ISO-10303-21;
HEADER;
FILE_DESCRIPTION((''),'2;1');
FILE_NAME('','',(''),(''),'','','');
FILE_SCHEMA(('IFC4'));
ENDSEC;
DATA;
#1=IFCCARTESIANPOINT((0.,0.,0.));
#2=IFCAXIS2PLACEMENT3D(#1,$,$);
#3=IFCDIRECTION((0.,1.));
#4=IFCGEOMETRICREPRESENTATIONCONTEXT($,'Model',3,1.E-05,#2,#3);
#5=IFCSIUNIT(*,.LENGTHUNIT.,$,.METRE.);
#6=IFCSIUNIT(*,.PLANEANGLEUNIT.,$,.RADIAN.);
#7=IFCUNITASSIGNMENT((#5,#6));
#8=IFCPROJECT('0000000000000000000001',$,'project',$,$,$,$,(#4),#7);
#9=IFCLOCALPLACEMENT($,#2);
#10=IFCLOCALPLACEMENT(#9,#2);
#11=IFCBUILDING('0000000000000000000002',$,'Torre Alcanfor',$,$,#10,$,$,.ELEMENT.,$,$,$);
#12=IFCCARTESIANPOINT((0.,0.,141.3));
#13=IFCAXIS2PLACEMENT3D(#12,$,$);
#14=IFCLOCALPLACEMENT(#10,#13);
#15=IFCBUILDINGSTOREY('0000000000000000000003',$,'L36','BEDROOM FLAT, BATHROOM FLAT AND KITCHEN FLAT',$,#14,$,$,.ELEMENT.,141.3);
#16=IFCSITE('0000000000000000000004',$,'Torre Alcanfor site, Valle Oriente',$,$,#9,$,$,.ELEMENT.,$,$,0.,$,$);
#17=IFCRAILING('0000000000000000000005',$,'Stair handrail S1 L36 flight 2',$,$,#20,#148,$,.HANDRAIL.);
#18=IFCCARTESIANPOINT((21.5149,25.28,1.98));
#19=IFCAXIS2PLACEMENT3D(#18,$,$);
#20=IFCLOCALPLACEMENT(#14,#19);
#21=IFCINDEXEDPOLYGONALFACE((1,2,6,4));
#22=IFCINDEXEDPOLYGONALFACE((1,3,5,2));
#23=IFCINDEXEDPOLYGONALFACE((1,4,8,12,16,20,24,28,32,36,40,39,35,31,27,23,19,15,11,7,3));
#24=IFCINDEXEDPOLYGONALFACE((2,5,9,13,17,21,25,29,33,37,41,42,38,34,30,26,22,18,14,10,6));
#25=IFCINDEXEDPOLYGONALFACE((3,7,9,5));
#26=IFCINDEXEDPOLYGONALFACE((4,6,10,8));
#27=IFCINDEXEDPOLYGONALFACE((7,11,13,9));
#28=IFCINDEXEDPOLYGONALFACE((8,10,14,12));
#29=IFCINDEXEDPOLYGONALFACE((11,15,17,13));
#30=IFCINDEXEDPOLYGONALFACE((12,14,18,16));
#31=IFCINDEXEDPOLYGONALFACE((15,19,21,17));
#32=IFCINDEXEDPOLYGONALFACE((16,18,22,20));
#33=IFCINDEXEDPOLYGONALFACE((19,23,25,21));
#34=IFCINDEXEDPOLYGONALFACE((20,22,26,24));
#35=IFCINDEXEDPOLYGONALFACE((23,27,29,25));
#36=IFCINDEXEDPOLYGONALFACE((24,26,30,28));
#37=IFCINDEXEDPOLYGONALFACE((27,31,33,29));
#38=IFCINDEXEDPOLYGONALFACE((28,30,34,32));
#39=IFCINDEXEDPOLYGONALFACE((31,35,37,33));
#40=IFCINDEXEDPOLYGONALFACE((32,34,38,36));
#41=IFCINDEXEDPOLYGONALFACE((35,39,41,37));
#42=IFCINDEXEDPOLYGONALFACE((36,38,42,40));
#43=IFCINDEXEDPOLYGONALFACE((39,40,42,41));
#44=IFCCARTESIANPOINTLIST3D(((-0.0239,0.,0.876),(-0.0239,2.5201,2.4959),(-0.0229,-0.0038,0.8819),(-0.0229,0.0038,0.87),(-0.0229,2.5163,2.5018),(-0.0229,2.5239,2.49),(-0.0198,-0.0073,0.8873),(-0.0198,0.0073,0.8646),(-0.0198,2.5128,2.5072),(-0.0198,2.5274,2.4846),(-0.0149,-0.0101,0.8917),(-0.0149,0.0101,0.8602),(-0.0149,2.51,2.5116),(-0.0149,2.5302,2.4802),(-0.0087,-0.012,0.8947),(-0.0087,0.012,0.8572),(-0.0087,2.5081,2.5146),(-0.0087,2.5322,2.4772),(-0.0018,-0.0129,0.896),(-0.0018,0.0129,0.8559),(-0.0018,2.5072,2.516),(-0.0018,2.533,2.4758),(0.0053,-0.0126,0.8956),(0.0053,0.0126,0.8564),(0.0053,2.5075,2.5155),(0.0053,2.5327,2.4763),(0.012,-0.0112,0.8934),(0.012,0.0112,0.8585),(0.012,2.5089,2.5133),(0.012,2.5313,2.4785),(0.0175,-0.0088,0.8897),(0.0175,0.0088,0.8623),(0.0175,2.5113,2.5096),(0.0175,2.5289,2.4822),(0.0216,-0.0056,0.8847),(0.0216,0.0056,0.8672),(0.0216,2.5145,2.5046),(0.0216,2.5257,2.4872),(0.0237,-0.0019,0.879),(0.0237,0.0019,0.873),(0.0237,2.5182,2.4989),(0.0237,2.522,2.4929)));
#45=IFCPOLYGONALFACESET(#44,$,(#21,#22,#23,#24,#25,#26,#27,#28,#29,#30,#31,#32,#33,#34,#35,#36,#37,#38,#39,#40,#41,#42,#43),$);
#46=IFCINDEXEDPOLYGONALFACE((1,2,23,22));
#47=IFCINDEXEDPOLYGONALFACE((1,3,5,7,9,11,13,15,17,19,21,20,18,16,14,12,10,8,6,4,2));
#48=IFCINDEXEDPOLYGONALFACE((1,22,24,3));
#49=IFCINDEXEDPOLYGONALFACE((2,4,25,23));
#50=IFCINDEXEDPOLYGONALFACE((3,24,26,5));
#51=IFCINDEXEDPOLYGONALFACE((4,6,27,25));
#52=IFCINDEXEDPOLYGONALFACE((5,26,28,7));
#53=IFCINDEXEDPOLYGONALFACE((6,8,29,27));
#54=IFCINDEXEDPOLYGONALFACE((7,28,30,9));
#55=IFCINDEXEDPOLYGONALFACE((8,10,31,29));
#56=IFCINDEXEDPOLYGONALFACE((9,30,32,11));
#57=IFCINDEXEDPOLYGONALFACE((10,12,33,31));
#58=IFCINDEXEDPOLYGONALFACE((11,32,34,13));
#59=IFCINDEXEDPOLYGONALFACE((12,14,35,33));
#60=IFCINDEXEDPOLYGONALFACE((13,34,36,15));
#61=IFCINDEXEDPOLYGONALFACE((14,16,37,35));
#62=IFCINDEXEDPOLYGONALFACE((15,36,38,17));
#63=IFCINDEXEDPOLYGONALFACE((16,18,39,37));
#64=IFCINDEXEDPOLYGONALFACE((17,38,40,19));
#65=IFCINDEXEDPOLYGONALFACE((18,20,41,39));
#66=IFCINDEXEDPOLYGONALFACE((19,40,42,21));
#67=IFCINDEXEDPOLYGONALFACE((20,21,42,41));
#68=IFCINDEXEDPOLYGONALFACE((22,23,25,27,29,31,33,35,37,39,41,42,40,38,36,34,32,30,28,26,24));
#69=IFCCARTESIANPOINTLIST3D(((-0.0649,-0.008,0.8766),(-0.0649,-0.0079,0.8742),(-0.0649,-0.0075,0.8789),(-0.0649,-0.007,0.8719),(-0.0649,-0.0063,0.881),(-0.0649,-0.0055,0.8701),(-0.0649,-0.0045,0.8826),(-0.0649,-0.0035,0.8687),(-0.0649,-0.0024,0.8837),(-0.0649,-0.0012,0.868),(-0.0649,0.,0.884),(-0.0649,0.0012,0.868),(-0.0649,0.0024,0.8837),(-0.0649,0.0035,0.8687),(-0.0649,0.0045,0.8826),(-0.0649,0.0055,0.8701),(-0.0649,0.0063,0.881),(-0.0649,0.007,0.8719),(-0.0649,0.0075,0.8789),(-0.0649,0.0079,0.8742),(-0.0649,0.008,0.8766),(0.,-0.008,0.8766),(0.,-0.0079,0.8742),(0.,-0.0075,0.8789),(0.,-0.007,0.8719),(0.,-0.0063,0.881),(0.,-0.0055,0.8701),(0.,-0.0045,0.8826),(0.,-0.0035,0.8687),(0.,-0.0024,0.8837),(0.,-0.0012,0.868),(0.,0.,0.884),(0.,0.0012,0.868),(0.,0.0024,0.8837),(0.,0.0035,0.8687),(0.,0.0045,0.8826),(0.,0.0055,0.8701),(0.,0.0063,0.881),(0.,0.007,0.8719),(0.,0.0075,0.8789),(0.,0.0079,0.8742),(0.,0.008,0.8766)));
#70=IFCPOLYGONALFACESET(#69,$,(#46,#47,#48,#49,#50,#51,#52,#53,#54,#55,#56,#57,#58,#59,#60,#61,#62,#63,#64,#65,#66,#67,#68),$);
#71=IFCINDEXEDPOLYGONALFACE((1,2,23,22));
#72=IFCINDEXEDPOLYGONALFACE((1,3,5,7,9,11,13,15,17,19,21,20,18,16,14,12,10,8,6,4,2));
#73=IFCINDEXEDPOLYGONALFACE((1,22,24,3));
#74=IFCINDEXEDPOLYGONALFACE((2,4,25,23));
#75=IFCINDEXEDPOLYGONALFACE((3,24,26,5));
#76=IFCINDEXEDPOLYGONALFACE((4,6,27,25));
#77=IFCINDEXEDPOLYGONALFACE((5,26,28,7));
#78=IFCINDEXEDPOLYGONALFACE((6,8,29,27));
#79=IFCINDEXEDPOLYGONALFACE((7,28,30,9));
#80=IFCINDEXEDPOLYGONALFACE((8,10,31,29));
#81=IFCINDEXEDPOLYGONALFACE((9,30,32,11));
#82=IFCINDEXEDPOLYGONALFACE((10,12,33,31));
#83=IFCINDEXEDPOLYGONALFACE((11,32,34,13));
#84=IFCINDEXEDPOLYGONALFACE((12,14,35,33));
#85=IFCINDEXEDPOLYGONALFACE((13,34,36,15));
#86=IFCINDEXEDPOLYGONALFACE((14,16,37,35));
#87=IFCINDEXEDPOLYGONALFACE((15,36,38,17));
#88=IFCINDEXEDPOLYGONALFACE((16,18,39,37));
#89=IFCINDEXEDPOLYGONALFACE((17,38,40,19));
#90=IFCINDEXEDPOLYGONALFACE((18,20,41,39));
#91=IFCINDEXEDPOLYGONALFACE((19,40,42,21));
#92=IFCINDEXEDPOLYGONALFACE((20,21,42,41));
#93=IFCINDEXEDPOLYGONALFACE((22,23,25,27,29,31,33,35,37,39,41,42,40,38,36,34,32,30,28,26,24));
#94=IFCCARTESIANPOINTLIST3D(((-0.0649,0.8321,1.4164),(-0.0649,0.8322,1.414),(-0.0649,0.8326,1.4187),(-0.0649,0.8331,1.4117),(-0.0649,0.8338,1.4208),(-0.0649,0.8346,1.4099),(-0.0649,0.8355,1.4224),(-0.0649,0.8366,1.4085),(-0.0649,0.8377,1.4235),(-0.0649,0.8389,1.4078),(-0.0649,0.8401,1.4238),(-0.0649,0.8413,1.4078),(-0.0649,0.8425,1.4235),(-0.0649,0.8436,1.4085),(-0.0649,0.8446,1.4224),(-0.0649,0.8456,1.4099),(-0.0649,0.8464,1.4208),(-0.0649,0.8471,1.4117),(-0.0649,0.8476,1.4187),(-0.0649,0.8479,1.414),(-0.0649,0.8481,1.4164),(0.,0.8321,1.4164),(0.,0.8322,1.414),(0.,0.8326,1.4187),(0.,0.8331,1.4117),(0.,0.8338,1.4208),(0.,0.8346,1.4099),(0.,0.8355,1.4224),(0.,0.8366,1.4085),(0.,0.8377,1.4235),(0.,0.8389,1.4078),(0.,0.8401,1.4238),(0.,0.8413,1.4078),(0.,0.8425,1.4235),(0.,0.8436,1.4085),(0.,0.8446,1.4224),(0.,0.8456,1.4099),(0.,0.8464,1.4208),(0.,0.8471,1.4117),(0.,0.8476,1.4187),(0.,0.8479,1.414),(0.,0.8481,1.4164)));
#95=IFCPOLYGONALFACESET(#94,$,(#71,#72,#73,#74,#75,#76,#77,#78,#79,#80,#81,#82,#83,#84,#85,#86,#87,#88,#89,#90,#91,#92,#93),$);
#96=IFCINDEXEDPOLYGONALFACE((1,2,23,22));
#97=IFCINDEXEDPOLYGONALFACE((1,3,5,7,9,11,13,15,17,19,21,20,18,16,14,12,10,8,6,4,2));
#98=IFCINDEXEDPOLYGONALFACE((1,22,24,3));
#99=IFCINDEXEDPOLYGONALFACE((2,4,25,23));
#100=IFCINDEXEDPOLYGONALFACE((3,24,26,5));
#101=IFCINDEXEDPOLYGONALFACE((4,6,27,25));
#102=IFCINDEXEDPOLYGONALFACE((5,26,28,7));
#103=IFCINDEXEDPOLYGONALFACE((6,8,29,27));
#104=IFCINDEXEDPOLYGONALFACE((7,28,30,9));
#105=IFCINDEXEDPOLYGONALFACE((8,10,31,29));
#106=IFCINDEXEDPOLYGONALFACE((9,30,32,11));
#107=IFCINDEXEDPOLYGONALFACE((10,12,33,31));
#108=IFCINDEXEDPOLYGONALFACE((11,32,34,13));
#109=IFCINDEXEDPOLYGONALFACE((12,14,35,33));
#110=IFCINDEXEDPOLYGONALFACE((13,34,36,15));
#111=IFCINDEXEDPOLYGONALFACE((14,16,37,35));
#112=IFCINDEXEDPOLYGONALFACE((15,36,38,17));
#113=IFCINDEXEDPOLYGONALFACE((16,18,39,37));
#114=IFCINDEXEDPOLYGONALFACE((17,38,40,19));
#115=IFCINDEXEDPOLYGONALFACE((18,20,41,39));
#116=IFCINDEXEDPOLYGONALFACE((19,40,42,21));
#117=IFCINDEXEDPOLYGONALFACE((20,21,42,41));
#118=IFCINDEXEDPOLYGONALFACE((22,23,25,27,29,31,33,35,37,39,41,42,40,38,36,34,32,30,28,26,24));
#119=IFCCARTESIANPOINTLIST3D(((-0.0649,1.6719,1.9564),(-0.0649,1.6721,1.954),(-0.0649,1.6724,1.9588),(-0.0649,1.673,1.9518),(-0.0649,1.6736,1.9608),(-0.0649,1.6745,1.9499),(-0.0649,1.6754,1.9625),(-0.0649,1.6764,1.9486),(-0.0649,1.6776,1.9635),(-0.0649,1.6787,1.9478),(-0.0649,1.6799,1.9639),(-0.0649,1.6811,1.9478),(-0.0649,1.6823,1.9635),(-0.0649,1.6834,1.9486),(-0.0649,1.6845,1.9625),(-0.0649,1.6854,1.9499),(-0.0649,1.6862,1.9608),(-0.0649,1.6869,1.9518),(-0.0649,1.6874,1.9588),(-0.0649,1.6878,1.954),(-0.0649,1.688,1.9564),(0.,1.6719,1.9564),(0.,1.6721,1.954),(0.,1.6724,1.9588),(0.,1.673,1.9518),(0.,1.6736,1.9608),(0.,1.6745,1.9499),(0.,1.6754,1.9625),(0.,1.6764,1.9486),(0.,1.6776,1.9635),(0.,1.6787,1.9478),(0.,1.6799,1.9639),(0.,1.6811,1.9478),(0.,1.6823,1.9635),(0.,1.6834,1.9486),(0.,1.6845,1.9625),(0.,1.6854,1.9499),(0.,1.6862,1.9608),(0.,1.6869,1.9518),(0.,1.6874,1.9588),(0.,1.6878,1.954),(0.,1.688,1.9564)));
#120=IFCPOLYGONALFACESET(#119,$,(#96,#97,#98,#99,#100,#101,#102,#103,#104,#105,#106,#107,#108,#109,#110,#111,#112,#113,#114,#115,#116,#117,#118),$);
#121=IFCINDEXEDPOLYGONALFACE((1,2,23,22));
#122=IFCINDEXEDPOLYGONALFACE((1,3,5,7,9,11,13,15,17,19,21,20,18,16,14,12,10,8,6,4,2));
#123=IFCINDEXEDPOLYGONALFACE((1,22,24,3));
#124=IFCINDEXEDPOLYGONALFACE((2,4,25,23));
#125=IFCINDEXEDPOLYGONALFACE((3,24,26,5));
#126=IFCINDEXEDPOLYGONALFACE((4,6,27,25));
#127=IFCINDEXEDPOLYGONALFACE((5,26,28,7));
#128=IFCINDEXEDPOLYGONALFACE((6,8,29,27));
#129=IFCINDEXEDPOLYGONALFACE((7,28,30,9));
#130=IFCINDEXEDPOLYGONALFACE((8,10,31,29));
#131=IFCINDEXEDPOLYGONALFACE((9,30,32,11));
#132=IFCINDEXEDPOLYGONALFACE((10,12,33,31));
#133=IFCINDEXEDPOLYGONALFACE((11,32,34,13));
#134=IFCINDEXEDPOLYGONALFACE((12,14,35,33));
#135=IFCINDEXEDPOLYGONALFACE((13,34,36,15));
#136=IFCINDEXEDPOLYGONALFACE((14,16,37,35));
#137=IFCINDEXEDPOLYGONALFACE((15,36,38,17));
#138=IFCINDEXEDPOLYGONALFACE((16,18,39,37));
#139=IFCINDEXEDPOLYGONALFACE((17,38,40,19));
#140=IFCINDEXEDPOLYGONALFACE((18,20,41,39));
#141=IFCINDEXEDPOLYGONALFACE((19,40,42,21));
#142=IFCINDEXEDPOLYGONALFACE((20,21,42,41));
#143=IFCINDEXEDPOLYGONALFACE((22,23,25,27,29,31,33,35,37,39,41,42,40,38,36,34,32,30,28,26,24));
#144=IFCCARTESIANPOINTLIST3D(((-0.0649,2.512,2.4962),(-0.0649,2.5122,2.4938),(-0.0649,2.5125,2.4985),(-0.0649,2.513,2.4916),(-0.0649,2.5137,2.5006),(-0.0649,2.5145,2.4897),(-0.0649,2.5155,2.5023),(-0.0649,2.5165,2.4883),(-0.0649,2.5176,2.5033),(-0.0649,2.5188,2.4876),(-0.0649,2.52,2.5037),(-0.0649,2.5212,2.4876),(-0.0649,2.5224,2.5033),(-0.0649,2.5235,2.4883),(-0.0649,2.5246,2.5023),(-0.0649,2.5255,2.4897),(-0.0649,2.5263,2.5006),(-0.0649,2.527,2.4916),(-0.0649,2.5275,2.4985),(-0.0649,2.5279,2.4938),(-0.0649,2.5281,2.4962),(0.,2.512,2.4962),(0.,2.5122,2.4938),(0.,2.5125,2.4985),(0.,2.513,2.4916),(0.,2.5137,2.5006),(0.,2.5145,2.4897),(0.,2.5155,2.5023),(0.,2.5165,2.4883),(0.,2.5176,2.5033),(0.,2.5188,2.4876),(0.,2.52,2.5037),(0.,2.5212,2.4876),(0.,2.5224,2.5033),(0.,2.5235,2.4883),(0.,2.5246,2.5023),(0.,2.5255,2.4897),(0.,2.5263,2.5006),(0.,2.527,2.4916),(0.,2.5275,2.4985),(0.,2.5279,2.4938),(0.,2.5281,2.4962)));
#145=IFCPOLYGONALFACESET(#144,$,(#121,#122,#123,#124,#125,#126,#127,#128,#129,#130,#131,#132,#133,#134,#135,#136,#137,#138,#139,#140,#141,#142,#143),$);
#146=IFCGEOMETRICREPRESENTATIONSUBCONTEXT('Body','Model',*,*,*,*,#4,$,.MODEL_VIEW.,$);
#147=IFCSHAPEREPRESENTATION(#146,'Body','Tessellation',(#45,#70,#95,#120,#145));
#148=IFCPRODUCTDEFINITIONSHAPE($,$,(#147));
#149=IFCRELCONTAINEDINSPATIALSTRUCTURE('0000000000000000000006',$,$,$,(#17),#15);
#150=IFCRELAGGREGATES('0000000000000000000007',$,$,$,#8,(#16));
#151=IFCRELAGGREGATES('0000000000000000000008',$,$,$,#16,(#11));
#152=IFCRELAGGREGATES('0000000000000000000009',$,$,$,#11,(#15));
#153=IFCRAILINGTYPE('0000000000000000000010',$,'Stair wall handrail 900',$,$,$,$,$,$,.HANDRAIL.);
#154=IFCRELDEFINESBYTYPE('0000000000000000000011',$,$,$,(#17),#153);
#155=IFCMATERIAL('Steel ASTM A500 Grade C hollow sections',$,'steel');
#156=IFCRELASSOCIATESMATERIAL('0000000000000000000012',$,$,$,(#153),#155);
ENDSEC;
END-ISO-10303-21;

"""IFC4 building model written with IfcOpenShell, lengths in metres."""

from ifc_helpers import new_model, si_unit, direction, frame, origin, origin_2d, place, context, subcontext, project, spatial, circle, extrude, material, type_object, element, save


model = new_model("IFC4")

# Units and contexts
model_context = context("Model", 3, precision=1e-05, world=origin(), true_north=direction((0.0, 1.0)))
body_context = subcontext(model_context, "Body", "Model", "MODEL_VIEW")
ifc_project = project(units=[si_unit("LENGTHUNIT", "METRE"), si_unit("PLANEANGLEUNIT", "RADIAN")], contexts=[model_context])

# Site, building, storey
site_placement = place(None, origin())
site = spatial("IfcSite", under=ifc_project, at=site_placement, Name="Torre Alcanfor site, Valle Oriente", CompositionType="ELEMENT", RefElevation=0.0)
building_placement = place(site_placement, origin())
building = spatial("IfcBuilding", under=site, at=building_placement, Name="Torre Alcanfor", CompositionType="ELEMENT")
storey_placement = place(building_placement, frame((0.0, 0.0, 141.3)))
storey = spatial("IfcBuildingStorey", under=building, at=storey_placement, Name="L36", Description="BEDROOM FLAT, BATHROOM FLAT AND KITCHEN FLAT", CompositionType="ELEMENT", Elevation=141.3)

# Railing
ifc_material_1 = material(Name="Steel ASTM A500 Grade C hollow sections", Category="steel")
railing_type_1 = type_object("IfcRailingType", Name="Stair wall handrail 900", PredefinedType="HANDRAIL", material=ifc_material_1)
railing_1_placement = place(storey_placement, frame((21.5149, 25.28, 1.98)))
element("IfcRailing", 1, at=railing_1_placement, inside=storey, type_object=railing_type_1, Name="Stair handrail S1 L36 flight 2", PredefinedType="HANDRAIL", context=body_context, shape_type="SweptSolid", body=[
    extrude(circle(Radius=0.0239, at=origin_2d()), frame((0.0, 0.0, 0.876), z_axis=(0.0, 0.8412, 0.540725), x_axis=(-1.0, 0.0, 0.0)), (0.0, 0.0, 1.0), 2.9958),
    extrude(circle(Radius=0.0081, at=origin_2d()), frame((0.0, 0.0, 0.876), z_axis=(-1.0, 0.0, 0.0), x_axis=(0.0, 0.0, 1.0)), (0.0, 0.0, 1.0), 0.0649),
    extrude(circle(Radius=0.0081, at=origin_2d()), frame((0.0, 0.8401, 1.4158), z_axis=(-1.0, 0.0, 0.0), x_axis=(0.0, 0.0, 1.0)), (0.0, 0.0, 1.0), 0.0649),
    extrude(circle(Radius=0.0081, at=origin_2d()), frame((0.0, 1.6799, 1.9558), z_axis=(-1.0, 0.0, 0.0), x_axis=(0.0, 0.0, 1.0)), (0.0, 0.0, 1.0), 0.0649),
    extrude(circle(Radius=0.0081, at=origin_2d()), frame((0.0, 2.52, 2.4956), z_axis=(-1.0, 0.0, 0.0), x_axis=(0.0, 0.0, 1.0)), (0.0, 0.0, 1.0), 0.0649),
])

save(model, "model.ifc")
